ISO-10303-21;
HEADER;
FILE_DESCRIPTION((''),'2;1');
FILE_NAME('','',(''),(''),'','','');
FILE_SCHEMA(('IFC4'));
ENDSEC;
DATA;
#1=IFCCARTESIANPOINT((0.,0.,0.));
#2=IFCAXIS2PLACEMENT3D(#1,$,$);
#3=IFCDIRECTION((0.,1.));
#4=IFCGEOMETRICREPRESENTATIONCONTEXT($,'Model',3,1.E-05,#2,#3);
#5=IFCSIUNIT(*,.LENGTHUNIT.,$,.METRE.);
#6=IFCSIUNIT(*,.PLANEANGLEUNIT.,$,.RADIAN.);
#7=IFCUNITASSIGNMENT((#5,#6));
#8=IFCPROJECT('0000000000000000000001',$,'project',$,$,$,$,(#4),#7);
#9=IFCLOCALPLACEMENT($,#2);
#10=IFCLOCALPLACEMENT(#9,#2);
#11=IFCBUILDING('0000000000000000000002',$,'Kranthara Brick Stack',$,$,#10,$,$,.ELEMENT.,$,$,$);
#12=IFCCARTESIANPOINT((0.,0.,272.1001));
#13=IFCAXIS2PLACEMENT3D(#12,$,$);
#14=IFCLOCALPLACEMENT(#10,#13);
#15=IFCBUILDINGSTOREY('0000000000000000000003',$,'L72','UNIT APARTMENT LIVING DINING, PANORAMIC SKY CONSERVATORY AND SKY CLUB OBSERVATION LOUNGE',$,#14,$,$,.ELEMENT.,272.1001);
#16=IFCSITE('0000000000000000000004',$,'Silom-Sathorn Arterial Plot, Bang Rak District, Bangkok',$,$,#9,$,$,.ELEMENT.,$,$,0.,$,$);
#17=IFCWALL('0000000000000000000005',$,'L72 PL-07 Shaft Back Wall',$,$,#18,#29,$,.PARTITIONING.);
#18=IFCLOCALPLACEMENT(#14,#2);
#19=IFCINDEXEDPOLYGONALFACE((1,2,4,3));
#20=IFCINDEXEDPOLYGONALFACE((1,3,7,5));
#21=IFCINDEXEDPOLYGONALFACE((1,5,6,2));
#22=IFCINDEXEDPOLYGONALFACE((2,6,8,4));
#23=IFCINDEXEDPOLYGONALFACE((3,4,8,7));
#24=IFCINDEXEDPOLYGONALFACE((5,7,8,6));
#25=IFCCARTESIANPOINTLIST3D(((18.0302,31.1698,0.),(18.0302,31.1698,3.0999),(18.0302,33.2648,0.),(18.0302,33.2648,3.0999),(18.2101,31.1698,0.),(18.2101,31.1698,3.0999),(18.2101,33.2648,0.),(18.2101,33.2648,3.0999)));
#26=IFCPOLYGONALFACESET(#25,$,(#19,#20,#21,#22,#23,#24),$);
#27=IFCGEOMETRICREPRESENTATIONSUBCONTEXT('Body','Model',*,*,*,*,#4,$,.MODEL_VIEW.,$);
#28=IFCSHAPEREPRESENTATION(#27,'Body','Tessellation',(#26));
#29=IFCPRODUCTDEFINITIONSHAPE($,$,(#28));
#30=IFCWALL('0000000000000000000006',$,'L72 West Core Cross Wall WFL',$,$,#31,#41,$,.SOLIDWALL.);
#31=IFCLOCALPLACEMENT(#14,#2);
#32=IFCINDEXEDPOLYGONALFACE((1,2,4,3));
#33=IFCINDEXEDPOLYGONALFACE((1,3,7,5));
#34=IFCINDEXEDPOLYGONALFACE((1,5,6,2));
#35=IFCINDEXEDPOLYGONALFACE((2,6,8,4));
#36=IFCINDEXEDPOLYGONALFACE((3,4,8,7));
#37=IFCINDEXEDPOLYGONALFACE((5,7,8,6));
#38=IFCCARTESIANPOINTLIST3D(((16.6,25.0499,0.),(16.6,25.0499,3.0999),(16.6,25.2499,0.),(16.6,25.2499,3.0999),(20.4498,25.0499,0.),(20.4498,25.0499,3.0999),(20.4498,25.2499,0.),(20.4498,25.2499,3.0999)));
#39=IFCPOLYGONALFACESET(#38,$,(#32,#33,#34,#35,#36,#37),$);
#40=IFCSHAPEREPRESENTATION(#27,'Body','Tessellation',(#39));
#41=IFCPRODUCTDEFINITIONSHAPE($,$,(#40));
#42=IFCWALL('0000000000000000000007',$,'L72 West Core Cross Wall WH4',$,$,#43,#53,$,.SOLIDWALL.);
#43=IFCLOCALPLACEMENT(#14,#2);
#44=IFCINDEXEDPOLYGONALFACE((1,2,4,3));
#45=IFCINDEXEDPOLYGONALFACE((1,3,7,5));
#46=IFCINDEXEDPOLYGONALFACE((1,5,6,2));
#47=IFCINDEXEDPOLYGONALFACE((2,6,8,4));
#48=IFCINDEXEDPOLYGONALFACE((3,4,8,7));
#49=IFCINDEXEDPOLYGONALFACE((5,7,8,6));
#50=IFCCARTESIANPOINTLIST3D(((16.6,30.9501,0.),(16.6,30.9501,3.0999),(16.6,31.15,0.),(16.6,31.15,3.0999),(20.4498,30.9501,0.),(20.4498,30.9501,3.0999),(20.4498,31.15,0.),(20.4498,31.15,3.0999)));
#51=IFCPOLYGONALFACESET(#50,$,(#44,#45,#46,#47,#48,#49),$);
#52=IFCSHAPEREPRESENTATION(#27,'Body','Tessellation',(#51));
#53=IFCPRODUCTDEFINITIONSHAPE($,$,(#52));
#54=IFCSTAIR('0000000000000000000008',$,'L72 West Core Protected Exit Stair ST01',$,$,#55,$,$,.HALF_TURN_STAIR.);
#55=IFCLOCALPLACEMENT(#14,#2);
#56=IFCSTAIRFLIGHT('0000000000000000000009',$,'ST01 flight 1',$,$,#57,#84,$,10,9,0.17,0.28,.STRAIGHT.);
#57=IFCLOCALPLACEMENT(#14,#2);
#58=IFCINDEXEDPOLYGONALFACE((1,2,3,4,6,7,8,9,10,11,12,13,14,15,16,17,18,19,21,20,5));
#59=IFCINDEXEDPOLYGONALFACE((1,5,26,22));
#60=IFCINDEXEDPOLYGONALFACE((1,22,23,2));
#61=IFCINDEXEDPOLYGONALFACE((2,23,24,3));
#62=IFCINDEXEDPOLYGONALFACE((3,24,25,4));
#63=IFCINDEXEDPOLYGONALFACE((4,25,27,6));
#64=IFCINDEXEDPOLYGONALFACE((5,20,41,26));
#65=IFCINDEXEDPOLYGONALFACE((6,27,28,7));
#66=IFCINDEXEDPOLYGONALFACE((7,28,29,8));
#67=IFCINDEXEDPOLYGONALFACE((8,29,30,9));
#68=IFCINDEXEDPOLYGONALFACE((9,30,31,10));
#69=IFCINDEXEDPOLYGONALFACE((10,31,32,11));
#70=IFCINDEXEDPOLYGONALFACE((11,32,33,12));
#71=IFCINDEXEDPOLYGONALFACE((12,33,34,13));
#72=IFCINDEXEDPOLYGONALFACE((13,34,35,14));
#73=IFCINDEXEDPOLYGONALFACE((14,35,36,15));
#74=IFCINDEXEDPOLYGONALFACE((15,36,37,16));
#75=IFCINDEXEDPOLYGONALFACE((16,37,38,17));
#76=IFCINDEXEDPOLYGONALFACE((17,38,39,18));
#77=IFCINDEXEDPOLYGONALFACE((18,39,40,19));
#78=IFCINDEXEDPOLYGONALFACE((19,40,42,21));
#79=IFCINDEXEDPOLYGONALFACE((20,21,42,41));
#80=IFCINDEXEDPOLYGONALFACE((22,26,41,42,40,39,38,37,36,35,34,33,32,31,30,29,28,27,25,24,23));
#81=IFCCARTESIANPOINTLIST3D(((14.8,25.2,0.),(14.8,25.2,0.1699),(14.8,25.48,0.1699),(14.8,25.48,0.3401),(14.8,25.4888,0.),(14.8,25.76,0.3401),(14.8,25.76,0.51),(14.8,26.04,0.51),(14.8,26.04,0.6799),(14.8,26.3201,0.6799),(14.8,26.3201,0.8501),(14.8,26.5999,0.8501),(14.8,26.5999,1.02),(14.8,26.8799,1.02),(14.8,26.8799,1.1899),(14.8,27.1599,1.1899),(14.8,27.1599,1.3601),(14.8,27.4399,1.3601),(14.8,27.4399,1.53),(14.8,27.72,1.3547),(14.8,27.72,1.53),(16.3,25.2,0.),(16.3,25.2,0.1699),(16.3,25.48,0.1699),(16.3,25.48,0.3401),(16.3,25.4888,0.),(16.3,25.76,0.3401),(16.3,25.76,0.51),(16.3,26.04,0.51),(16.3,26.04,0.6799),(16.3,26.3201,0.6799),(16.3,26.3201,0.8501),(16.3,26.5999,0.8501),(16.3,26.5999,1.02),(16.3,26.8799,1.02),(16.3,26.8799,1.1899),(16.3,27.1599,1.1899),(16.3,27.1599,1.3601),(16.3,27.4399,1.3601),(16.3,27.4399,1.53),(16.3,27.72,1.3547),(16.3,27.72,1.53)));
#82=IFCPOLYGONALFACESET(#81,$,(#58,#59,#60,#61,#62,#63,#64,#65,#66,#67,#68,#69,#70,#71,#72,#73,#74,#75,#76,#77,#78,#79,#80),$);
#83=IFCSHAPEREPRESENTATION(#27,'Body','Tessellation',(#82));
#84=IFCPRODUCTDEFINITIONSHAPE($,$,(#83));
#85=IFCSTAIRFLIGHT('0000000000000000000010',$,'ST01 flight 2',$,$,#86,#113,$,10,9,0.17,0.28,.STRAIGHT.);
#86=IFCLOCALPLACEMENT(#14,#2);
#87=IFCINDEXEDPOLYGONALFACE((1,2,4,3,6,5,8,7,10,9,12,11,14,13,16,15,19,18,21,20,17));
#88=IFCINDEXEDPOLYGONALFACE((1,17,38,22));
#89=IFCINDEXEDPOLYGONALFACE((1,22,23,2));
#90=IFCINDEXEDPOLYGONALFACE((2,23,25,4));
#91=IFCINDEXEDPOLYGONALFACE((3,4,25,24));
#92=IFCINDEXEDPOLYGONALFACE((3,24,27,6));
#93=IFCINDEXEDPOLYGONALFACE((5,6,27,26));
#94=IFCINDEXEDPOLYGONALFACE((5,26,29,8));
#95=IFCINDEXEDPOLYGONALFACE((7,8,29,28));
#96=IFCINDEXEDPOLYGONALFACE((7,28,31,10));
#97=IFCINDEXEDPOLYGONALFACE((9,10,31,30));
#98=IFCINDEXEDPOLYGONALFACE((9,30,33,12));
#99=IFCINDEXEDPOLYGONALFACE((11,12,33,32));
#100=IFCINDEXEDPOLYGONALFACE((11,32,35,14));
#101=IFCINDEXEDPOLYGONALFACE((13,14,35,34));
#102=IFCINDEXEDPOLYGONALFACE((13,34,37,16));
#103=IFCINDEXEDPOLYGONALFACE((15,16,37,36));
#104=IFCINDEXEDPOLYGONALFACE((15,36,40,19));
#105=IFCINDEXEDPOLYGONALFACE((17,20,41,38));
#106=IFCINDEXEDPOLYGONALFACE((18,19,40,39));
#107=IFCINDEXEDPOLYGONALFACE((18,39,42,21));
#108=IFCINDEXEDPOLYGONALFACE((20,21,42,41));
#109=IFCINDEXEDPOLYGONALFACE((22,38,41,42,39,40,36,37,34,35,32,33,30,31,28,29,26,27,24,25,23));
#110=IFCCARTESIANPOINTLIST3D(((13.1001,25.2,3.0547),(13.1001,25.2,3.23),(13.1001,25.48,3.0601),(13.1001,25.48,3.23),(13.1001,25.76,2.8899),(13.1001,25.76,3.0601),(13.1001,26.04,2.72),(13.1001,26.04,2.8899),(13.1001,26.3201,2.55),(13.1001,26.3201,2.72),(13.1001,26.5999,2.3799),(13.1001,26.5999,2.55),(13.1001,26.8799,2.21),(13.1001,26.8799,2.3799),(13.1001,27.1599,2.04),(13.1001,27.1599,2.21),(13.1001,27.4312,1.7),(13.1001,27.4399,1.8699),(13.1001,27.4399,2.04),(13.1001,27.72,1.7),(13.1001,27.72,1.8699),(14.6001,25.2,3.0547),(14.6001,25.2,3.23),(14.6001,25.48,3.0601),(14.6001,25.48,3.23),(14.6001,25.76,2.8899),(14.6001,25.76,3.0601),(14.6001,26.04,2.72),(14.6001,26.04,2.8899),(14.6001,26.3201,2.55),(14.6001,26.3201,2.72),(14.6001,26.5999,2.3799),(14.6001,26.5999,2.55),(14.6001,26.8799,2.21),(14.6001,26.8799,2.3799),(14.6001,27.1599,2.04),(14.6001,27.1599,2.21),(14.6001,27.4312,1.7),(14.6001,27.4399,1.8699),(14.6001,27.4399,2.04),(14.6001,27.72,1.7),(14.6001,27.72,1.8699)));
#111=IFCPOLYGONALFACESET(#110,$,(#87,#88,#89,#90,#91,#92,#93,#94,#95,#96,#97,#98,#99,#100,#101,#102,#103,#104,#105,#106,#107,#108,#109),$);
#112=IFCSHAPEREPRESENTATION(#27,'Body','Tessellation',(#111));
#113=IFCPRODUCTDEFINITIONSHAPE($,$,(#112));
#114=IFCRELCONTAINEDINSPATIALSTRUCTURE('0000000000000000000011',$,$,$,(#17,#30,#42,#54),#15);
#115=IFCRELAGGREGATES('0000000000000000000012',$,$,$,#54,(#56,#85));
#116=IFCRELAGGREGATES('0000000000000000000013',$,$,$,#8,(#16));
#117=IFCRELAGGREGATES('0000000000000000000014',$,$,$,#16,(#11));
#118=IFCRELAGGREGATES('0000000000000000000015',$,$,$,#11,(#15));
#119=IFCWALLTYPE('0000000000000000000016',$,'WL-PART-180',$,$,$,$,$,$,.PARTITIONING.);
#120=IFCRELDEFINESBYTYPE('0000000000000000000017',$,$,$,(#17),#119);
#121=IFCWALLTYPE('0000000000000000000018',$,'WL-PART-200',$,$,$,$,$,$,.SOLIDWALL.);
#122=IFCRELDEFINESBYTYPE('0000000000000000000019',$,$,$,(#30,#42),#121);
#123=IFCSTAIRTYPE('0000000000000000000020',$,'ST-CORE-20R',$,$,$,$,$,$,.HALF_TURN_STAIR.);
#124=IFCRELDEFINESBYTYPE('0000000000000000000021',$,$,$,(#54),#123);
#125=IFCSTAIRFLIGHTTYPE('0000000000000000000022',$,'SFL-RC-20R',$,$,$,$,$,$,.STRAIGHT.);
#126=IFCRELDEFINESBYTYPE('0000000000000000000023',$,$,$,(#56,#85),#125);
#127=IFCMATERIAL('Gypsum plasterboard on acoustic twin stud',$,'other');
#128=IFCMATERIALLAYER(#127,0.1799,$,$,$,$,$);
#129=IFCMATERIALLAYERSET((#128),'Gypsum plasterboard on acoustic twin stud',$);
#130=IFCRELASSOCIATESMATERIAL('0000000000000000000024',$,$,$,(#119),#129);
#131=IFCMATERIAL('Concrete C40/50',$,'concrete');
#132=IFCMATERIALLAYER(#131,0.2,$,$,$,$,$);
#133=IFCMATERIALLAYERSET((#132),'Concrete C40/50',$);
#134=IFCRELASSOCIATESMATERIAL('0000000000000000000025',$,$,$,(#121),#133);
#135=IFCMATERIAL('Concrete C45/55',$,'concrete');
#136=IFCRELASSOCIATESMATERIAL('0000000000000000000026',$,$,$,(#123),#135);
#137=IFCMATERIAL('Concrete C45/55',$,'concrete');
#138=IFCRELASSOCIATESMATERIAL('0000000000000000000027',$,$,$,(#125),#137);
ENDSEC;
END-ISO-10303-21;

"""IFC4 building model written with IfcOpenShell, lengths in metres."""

from ifc_helpers import new_model, si_unit, direction, frame, frame_2d, origin, place, context, subcontext, project, spatial, polyline, rectangle, outline, extrude, material, layer, layer_set, type_object, element, aggregate, save


model = new_model("IFC4")

# Units and contexts
model_context = context("Model", 3, precision=1e-05, world=origin(), true_north=direction((0.0, 1.0)))
body_context = subcontext(model_context, "Body", "Model", "MODEL_VIEW")
ifc_project = project(units=[si_unit("LENGTHUNIT", "METRE"), si_unit("PLANEANGLEUNIT", "RADIAN")], contexts=[model_context])

# Site, building, storey
site_placement = place(None, origin())
site = spatial("IfcSite", under=ifc_project, at=site_placement, Name="Silom-Sathorn Arterial Plot, Bang Rak District, Bangkok", CompositionType="ELEMENT", RefElevation=0.0)
building_placement = place(site_placement, origin())
building = spatial("IfcBuilding", under=site, at=building_placement, Name="Kranthara Brick Stack", CompositionType="ELEMENT")
storey_placement = place(building_placement, frame((0.0, 0.0, 272.1001)))
storey = spatial("IfcBuildingStorey", under=building, at=storey_placement, Name="L72", Description="UNIT APARTMENT LIVING DINING, PANORAMIC SKY CONSERVATORY AND SKY CLUB OBSERVATION LOUNGE", CompositionType="ELEMENT", Elevation=272.1001)

# Walls
ifc_material_1 = material(Name="Gypsum plasterboard on acoustic twin stud", Category="other")
ifc_layer_1 = layer(ifc_material_1, 0.1799)
ifc_layer_set_1 = layer_set([ifc_layer_1], Name="Gypsum plasterboard on acoustic twin stud")
wall_type_1 = type_object("IfcWallType", Name="WL-PART-180", PredefinedType="PARTITIONING", material=ifc_layer_set_1)
wall_1_placement = place(storey_placement, frame((18.1201, 31.1699, 0.0), z_axis=(0.0, 0.0, 1.0), x_axis=(0.0, 1.0, 0.0)))
element("IfcWall", 1, at=wall_1_placement, inside=storey, type_object=wall_type_1, Name="L72 PL-07 Shaft Back Wall", PredefinedType="PARTITIONING", context=body_context, shape_type="SweptSolid", body=[
    extrude(rectangle(XDim=2.095, YDim=0.1799, at=frame_2d((1.0474, 0.0))), origin(), (0.0, 0.0, 1.0), 3.0999),
])
ifc_material_2 = material(Name="Concrete C40/50", Category="concrete")
ifc_layer_2 = layer(ifc_material_2, 0.2)
ifc_layer_set_2 = layer_set([ifc_layer_2], Name="Concrete C40/50")
wall_type_2 = type_object("IfcWallType", Name="WL-PART-200", PredefinedType="SOLIDWALL", material=ifc_layer_set_2)
for number, where, z_axis, x_axis, name in (
    (2, (16.6001, 25.1499, 0.0), (0.0, 0.0, 1.0), (1.0, 0.0, 0.0), "L72 West Core Cross Wall WFL"),
    (3, (16.6001, 31.05, 0.0), (0.0, 0.0, 1.0), (1.0, 0.0, 0.0), "L72 West Core Cross Wall WH4"),
):
    element("IfcWall", number, at=place(storey_placement, frame(where, z_axis=z_axis, x_axis=x_axis)), inside=storey, type_object=wall_type_2, Name=name, PredefinedType="SOLIDWALL", context=body_context, shape_type="SweptSolid", body=[
        extrude(rectangle(XDim=3.8499, YDim=0.2, at=frame_2d((1.9248, 0.0))), origin(), (0.0, 0.0, 1.0), 3.0999),
    ])

# Stair, stair flights
ifc_material_3 = material(Name="Concrete C45/55", Category="concrete")
stair_type = type_object("IfcStairType", Name="ST-CORE-20R", PredefinedType="HALF_TURN_STAIR", material=ifc_material_3)
stair_placement = place(storey_placement, origin())
stair = element("IfcStair", 4, at=stair_placement, inside=storey, type_object=stair_type, Name="L72 West Core Protected Exit Stair ST01", PredefinedType="HALF_TURN_STAIR")
ifc_material_4 = material(Name="Concrete C45/55", Category="concrete")
stair_flight_type = type_object("IfcStairFlightType", Name="SFL-RC-20R", PredefinedType="STRAIGHT", material=ifc_material_4)
stair_flight_1_placement = place(storey_placement, frame((15.55, 25.2, 0.0), z_axis=(0.0, 0.0, 1.0), x_axis=(0.0, 1.0, 0.0)))
stair_flight_1 = element("IfcStairFlight", 5, at=stair_flight_1_placement, type_object=stair_flight_type, Name="ST01 flight 1", NumberOfRisers=10, NumberOfTreads=9, PredefinedType="STRAIGHT", RiserHeight=0.17, TreadLength=0.28, context=body_context, shape_type="SweptSolid", body=[
    extrude(outline(polyline([(0.0, 0.0), (0.0, 0.1699), (0.28, 0.1699), (0.28, 0.3401), (0.5601, 0.3401), (0.5601, 0.51), (0.8401, 0.51), (0.8401, 0.6799), (1.1201, 0.6799), (1.1201, 0.8501), (1.3999, 0.8501), (1.3999, 1.02), (1.6799, 1.02), (1.6799, 1.1899), (1.96, 1.1899), (1.96, 1.3601), (2.24, 1.3601), (2.24, 1.53), (2.52, 1.53), (2.52, 1.7), (2.52, 1.3547), (0.2888, 0.0), (0.0, 0.0)])), frame((0.0, 0.75, 0.0), z_axis=(0.0, -1.0, 0.0), x_axis=(1.0, 0.0, 0.0)), (0.0, 0.0, 1.0), 1.5),
])
stair_flight_2_placement = place(storey_placement, frame((13.8501, 27.72, 1.7), z_axis=(0.0, 0.0, 1.0), x_axis=(0.0, -1.0, 0.0)))
stair_flight_2 = element("IfcStairFlight", 6, at=stair_flight_2_placement, type_object=stair_flight_type, Name="ST01 flight 2", NumberOfRisers=10, NumberOfTreads=9, PredefinedType="STRAIGHT", RiserHeight=0.17, TreadLength=0.28, context=body_context, shape_type="SweptSolid", body=[
    extrude(outline(polyline([(0.0, 0.0), (0.0, 0.1699), (0.28, 0.1699), (0.28, 0.3401), (0.5601, 0.3401), (0.5601, 0.51), (0.8401, 0.51), (0.8401, 0.6799), (1.1201, 0.6799), (1.1201, 0.8501), (1.3999, 0.8501), (1.3999, 1.02), (1.6799, 1.02), (1.6799, 1.1899), (1.96, 1.1899), (1.96, 1.3601), (2.24, 1.3601), (2.24, 1.53), (2.52, 1.53), (2.52, 1.7), (2.52, 1.3547), (0.2888, 0.0), (0.0, 0.0)])), frame((0.0, 0.75, 0.0), z_axis=(0.0, -1.0, 0.0), x_axis=(1.0, 0.0, 0.0)), (0.0, 0.0, 1.0), 1.5),
])
aggregate(stair, [stair_flight_1, stair_flight_2])

save(model, "model.ifc")
